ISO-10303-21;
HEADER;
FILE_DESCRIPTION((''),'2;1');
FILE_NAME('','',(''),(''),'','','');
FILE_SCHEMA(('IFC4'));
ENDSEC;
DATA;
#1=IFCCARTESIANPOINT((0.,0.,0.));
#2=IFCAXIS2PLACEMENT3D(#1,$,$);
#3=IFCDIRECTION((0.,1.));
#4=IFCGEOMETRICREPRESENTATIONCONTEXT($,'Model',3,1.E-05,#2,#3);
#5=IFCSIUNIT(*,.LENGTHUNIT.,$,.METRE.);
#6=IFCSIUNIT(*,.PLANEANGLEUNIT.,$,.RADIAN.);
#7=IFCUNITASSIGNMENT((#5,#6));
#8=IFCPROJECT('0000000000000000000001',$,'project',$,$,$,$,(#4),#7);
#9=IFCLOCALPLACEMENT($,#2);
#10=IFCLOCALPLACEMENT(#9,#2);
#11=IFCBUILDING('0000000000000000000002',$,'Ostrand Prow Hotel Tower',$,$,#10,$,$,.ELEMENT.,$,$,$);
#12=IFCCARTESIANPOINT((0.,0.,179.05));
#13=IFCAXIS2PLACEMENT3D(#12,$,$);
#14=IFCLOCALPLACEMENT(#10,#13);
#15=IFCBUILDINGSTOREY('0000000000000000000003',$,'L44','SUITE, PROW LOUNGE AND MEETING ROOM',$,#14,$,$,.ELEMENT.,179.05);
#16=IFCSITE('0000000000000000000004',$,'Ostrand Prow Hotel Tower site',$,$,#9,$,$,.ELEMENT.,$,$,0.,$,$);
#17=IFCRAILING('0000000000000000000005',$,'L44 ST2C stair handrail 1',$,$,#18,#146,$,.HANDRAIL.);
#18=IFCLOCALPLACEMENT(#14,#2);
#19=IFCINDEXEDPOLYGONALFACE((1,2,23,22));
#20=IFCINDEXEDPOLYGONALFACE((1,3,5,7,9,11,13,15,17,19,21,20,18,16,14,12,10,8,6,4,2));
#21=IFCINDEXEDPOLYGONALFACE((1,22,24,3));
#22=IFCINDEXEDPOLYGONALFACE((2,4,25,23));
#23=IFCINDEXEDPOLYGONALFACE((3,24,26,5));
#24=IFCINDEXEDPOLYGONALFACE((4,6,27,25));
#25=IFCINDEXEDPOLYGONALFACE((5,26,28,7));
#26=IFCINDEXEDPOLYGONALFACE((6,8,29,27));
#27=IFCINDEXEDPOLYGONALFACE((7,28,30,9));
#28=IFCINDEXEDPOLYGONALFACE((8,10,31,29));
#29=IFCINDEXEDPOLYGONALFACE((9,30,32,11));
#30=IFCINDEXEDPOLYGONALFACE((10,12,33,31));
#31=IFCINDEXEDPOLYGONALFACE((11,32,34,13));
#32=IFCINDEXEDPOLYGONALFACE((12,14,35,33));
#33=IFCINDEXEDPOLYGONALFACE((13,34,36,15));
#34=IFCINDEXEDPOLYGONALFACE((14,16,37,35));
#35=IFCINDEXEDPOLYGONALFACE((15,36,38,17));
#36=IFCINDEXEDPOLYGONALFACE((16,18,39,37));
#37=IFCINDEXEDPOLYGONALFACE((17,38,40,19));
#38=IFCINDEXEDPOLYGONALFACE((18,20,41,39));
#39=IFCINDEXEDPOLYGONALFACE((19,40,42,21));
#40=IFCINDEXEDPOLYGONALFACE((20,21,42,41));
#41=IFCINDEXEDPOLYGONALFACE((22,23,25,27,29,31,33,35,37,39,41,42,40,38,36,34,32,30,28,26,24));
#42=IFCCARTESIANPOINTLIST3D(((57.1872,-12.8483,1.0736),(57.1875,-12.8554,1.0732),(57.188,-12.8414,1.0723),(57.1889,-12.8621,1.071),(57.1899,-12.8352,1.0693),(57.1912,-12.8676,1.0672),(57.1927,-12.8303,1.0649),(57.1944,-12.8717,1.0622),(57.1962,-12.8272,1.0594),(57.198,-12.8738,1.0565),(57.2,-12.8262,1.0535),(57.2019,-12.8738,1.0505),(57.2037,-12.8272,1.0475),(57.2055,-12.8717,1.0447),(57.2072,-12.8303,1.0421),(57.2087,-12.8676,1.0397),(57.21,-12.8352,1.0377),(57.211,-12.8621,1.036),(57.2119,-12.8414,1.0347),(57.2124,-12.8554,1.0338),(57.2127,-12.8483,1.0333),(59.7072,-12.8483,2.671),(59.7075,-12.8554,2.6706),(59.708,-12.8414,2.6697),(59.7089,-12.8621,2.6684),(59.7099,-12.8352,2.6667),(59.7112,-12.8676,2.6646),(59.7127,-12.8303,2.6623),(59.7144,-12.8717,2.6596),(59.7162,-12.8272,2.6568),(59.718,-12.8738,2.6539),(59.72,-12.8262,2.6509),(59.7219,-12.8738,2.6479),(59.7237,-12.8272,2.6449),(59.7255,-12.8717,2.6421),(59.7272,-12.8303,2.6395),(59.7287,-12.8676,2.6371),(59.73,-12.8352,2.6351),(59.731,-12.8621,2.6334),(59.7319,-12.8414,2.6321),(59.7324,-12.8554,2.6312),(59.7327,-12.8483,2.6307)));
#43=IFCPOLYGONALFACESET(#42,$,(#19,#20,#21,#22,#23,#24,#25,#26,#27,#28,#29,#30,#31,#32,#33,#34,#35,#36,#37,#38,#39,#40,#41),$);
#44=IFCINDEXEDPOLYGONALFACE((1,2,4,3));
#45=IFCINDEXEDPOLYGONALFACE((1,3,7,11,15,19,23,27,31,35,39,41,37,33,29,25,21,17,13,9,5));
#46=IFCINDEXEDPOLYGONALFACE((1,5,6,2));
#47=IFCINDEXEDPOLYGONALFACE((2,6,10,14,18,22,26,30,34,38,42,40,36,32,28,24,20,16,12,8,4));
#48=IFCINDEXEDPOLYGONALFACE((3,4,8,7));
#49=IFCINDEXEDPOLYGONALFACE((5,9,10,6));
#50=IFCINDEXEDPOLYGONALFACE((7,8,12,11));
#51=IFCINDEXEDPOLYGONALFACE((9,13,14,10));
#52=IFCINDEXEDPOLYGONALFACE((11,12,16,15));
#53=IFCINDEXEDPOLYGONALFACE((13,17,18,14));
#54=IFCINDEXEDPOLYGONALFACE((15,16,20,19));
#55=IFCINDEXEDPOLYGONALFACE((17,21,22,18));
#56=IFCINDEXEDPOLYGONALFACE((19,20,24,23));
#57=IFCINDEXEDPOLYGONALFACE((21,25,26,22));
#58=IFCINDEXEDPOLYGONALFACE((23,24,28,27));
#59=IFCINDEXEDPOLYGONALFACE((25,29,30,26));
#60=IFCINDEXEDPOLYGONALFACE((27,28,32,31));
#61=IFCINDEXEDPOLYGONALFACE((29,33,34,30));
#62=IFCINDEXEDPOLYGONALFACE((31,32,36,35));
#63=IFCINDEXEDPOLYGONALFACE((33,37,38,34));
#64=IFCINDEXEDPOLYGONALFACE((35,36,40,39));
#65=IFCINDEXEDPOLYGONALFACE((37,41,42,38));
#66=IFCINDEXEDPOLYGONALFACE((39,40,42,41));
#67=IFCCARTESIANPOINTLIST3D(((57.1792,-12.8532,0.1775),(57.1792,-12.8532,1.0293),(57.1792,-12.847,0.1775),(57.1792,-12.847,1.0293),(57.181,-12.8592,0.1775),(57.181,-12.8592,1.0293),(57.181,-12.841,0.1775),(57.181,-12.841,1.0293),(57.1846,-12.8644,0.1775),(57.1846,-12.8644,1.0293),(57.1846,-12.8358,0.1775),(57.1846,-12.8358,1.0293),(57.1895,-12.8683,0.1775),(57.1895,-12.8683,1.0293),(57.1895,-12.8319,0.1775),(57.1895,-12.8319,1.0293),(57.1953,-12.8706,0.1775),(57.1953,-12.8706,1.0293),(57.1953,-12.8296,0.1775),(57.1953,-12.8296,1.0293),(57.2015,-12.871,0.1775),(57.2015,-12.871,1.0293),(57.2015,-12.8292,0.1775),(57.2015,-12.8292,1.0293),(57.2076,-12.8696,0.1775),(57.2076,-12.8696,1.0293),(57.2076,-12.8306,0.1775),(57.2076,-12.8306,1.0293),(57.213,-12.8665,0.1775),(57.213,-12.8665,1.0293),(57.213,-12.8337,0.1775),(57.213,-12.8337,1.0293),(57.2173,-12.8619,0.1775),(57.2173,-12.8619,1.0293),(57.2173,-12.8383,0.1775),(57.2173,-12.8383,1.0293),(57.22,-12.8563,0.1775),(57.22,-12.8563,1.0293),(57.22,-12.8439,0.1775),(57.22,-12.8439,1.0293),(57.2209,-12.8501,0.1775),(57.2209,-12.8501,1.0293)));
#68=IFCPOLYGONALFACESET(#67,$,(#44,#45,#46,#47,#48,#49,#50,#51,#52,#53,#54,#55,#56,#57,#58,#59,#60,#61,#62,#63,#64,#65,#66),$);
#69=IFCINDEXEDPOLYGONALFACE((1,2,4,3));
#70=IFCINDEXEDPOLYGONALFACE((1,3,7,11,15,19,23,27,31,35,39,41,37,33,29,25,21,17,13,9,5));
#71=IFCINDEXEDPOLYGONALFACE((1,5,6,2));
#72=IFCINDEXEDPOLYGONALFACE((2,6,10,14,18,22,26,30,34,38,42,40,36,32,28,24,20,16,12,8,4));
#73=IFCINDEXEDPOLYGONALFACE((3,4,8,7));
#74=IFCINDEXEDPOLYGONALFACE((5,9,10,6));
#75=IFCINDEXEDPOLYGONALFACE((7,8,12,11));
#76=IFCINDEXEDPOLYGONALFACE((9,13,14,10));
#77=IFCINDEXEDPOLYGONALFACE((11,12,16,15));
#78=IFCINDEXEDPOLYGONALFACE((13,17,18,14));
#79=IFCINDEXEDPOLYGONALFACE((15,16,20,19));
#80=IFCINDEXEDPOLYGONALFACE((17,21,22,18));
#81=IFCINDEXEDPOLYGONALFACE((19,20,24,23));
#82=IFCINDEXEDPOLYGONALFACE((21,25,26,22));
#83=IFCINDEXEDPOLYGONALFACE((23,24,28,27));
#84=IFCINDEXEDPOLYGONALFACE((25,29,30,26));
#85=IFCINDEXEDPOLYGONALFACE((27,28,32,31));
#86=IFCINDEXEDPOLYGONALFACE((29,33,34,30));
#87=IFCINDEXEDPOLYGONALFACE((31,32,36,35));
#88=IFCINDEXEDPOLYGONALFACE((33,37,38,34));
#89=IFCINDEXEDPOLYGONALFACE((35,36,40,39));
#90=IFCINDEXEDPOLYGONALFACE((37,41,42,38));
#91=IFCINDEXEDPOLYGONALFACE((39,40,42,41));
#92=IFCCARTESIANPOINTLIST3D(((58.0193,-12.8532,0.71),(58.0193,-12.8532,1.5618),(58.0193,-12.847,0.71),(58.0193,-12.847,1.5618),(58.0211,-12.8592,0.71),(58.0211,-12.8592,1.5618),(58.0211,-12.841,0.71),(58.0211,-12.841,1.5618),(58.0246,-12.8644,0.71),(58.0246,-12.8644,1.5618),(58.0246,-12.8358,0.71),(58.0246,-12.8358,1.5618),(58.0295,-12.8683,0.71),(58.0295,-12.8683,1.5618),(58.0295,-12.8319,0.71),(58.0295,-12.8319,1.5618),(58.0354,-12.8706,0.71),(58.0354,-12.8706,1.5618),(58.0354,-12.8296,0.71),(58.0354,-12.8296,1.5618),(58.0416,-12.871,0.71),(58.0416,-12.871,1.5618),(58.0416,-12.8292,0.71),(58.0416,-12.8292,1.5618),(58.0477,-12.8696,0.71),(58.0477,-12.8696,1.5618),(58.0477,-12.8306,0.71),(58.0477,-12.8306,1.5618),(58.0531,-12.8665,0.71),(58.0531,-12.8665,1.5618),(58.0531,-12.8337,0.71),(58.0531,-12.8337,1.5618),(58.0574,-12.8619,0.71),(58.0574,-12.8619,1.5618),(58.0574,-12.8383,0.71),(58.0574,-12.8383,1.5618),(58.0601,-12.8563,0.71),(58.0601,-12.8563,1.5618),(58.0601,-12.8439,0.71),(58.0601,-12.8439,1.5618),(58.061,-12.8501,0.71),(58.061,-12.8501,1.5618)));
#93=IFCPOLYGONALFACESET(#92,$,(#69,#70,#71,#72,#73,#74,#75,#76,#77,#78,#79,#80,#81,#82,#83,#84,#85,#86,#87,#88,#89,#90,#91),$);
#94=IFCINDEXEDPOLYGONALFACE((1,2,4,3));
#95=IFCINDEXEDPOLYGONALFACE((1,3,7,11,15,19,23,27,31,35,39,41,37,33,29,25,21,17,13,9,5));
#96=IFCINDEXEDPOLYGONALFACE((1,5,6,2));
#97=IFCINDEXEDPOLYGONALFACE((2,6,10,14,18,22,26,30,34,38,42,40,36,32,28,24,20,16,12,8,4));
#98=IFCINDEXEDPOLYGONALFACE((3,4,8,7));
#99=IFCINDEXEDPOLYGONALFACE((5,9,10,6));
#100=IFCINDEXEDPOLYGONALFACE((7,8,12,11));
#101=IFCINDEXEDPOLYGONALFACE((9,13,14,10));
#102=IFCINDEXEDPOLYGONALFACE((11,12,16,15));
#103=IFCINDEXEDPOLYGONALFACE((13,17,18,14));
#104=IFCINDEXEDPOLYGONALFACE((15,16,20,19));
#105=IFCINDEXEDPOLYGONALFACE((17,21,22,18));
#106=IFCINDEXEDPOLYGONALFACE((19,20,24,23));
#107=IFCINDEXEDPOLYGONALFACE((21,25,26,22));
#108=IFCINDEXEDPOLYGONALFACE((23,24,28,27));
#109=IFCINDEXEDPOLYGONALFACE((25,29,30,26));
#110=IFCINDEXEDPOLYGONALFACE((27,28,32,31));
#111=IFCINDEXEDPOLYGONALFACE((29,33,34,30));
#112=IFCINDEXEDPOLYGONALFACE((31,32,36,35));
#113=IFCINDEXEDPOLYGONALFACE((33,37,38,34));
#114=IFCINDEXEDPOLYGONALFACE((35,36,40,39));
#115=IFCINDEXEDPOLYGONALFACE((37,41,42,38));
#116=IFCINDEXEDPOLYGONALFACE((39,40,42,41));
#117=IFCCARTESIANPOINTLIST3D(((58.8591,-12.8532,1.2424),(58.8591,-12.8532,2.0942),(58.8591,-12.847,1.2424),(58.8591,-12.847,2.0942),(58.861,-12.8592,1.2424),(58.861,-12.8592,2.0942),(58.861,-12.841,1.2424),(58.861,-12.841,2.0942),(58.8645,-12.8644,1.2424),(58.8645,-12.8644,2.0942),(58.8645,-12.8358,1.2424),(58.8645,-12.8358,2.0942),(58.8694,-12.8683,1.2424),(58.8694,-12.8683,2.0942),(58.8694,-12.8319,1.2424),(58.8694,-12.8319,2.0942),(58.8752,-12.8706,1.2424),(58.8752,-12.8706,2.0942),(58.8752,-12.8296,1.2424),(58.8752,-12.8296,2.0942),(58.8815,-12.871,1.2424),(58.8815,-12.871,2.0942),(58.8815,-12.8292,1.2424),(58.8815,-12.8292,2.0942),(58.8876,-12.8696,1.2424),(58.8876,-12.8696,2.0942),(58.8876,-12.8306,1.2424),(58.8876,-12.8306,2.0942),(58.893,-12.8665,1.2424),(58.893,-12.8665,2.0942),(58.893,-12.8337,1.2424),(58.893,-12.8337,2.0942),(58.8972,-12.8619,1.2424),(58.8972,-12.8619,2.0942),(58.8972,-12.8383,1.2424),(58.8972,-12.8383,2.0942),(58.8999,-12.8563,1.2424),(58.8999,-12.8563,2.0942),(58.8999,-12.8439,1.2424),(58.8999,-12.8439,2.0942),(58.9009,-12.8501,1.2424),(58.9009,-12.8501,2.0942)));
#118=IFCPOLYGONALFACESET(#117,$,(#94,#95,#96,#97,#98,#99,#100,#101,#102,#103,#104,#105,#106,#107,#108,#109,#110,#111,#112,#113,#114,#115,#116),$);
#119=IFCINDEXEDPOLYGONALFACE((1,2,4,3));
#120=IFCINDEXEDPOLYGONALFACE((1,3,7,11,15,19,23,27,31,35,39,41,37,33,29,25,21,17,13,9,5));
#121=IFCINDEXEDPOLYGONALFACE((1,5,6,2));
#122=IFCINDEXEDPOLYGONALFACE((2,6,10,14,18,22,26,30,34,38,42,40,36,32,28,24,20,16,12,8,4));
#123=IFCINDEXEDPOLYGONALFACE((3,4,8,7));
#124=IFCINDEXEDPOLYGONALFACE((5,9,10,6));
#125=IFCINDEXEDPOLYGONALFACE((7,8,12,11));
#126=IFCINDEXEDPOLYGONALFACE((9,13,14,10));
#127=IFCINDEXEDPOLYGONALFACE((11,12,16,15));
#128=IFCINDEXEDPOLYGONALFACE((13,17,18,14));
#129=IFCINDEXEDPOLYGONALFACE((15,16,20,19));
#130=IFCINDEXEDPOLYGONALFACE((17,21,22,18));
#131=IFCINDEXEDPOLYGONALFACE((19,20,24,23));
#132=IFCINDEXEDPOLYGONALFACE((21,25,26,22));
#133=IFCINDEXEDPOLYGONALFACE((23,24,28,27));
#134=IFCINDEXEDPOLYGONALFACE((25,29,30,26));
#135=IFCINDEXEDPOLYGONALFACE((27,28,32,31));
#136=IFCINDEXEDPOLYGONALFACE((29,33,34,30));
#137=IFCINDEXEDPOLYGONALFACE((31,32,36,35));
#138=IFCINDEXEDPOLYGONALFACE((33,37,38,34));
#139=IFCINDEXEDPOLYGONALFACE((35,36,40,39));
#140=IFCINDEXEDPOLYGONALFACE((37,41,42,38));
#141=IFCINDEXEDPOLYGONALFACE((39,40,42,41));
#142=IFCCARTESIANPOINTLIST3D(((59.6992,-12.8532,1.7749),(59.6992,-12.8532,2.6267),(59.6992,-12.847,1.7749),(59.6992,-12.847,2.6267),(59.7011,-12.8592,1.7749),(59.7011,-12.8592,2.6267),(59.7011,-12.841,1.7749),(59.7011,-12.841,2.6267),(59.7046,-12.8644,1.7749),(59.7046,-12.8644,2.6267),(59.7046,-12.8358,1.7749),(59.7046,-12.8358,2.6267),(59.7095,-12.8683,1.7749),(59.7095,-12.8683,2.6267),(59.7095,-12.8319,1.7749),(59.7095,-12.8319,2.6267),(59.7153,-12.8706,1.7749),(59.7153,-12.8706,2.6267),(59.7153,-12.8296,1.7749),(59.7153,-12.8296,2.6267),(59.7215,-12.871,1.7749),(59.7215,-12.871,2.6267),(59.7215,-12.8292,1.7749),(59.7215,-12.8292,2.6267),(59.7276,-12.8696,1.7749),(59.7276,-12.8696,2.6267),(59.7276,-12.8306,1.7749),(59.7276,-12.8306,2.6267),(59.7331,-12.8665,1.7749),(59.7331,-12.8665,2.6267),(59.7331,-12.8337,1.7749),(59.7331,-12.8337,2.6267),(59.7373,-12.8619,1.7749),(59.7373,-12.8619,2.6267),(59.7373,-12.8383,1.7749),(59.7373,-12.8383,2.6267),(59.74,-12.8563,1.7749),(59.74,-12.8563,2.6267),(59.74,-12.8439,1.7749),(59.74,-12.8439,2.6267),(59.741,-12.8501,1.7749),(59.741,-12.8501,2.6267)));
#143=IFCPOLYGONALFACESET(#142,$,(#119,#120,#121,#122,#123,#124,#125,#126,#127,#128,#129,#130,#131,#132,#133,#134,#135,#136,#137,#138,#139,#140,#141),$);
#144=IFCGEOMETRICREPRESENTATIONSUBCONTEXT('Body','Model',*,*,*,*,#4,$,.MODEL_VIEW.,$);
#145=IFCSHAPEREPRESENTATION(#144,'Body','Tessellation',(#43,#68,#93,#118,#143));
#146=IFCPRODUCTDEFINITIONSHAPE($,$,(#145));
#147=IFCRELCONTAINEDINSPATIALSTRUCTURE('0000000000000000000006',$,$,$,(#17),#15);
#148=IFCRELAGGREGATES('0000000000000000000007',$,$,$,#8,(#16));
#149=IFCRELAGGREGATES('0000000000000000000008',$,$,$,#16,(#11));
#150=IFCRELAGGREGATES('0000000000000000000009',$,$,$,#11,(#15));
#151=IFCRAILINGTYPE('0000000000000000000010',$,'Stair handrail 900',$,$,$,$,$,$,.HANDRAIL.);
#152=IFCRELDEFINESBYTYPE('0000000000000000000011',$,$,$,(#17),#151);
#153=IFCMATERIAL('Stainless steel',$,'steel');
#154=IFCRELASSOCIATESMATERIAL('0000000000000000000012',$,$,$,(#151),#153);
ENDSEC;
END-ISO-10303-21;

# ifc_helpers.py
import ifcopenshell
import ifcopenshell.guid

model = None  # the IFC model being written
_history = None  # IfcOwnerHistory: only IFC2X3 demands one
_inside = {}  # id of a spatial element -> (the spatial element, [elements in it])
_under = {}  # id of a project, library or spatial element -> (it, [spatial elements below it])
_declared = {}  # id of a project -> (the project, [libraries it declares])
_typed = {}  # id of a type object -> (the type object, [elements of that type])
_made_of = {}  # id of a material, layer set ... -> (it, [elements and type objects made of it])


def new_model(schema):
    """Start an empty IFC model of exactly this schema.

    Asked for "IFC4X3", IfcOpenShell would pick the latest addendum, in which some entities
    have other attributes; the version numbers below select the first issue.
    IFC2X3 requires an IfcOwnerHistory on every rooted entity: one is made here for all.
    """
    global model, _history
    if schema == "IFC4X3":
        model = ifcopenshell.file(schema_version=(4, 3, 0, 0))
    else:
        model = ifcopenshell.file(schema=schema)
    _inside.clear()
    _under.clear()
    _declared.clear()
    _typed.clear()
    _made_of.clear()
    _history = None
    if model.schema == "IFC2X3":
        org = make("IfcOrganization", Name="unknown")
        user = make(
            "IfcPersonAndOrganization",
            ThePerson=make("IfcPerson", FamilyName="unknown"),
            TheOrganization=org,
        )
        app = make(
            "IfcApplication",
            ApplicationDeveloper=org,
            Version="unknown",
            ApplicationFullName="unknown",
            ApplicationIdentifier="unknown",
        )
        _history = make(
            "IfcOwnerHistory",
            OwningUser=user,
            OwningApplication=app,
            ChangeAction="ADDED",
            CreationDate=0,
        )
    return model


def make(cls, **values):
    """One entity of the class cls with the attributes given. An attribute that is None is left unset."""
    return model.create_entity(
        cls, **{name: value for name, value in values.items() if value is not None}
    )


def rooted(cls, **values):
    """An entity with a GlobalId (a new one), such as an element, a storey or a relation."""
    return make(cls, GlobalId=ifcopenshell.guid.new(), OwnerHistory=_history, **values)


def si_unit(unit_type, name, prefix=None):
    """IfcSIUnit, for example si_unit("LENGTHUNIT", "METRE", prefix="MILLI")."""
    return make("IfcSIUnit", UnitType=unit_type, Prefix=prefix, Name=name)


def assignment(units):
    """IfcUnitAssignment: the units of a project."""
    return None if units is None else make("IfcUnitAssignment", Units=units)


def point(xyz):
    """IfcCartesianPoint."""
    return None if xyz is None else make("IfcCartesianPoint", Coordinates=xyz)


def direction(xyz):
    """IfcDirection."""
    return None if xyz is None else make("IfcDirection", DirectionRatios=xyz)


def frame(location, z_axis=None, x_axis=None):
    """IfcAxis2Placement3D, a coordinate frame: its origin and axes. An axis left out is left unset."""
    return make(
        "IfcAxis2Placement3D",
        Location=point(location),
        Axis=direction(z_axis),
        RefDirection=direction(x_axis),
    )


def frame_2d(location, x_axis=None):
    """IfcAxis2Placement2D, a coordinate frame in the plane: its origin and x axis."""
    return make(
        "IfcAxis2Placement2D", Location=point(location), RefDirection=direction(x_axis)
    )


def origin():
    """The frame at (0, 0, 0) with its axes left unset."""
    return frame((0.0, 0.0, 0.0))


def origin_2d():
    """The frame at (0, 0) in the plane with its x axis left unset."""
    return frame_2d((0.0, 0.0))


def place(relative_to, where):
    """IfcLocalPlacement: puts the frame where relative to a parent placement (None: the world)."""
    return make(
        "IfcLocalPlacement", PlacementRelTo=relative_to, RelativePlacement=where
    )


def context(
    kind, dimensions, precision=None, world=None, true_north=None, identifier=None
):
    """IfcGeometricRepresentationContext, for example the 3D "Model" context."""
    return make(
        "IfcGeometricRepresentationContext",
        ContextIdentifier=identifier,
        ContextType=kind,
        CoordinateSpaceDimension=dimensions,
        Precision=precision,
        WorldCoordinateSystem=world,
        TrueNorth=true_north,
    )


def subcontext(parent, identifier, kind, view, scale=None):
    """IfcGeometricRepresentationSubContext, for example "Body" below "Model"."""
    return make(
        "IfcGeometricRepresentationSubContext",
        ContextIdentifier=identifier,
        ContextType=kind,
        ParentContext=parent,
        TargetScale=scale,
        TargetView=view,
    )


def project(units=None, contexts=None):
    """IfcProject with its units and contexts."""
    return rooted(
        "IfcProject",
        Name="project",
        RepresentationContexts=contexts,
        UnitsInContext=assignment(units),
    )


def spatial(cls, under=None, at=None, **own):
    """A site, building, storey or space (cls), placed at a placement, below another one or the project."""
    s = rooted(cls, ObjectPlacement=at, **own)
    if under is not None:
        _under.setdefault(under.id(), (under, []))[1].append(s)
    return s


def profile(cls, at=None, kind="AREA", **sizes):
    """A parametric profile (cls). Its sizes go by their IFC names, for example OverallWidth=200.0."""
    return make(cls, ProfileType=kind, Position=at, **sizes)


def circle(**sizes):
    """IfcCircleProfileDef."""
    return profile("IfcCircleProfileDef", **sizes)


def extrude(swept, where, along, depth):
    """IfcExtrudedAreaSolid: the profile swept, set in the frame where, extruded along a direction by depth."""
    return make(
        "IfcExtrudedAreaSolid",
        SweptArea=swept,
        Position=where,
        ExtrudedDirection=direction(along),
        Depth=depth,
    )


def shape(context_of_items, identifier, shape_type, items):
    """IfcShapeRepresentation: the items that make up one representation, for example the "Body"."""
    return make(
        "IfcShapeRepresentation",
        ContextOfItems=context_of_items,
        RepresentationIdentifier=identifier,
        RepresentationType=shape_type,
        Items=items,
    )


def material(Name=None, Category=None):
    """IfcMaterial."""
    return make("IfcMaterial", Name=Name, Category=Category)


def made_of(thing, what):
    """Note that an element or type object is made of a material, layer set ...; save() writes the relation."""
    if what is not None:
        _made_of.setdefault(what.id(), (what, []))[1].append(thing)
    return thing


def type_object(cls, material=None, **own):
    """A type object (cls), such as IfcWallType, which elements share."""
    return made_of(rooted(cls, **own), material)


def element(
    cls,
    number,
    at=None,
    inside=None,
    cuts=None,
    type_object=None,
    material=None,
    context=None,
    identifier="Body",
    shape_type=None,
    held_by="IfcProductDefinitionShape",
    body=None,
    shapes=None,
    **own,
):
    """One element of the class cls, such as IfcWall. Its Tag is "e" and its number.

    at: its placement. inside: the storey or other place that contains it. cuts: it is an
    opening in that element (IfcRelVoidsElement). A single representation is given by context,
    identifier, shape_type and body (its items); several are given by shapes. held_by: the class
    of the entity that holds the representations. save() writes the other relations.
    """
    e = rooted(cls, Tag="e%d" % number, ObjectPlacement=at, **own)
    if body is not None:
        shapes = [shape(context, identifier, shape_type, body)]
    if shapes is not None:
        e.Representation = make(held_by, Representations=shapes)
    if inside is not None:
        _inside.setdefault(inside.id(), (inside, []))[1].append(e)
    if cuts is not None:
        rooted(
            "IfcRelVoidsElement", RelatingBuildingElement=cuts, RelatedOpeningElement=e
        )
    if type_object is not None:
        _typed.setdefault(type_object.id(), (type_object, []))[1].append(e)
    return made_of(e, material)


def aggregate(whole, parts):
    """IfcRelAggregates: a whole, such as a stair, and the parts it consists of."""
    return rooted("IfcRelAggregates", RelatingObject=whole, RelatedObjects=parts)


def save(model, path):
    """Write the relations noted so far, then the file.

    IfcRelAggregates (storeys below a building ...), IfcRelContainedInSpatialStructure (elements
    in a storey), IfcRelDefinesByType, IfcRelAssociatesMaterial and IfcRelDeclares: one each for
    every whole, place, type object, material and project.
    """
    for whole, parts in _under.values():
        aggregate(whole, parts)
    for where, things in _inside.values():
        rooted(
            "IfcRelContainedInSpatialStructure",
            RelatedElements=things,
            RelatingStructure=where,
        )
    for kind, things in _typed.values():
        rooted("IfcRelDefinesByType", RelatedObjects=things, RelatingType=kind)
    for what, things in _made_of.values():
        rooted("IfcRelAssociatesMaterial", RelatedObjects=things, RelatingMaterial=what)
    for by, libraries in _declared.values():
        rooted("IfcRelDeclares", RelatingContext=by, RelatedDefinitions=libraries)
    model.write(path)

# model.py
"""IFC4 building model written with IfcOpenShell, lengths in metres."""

from ifc_helpers import new_model, si_unit, direction, frame, origin, origin_2d, place, context, subcontext, project, spatial, circle, extrude, material, type_object, element, save


model = new_model("IFC4")

# Units and contexts
model_context = context("Model", 3, precision=1e-05, world=origin(), true_north=direction((0.0, 1.0)))
body_context = subcontext(model_context, "Body", "Model", "MODEL_VIEW")
ifc_project = project(units=[si_unit("LENGTHUNIT", "METRE"), si_unit("PLANEANGLEUNIT", "RADIAN")], contexts=[model_context])

# Site, building, storey
site_placement = place(None, origin())
site = spatial("IfcSite", under=ifc_project, at=site_placement, Name="Ostrand Prow Hotel Tower site", CompositionType="ELEMENT", RefElevation=0.0)
building_placement = place(site_placement, origin())
building = spatial("IfcBuilding", under=site, at=building_placement, Name="Ostrand Prow Hotel Tower", CompositionType="ELEMENT")
storey_placement = place(building_placement, frame((0.0, 0.0, 179.05)))
storey = spatial("IfcBuildingStorey", under=building, at=storey_placement, Name="L44", Description="SUITE, PROW LOUNGE AND MEETING ROOM", CompositionType="ELEMENT", Elevation=179.05)

# Railing
ifc_material_1 = material(Name="Stainless steel", Category="steel")
railing_type_1 = type_object("IfcRailingType", Name="Stair handrail 900", PredefinedType="HANDRAIL", material=ifc_material_1)
railing_1_placement = place(storey_placement, frame((57.2, -12.8501, 0.1775)))
element("IfcRailing", 1, at=railing_1_placement, inside=storey, type_object=railing_type_1, Name="L44 ST2C stair handrail 1", PredefinedType="HANDRAIL", context=body_context, shape_type="SweptSolid", body=[
    extrude(circle(Radius=0.0239, at=origin_2d()), frame((0.0, 0.0, 0.876), z_axis=(0.844607, 0.0, 0.535387), x_axis=(0.0, 1.0, 0.0)), (0.0, 0.0, 1.0), 2.9836),
    extrude(circle(Radius=0.021, at=origin_2d()), origin(), (0.0, 0.0, 1.0), 0.8518),
    extrude(circle(Radius=0.021, at=origin_2d()), frame((0.8401, 0.0, 0.5325)), (0.0, 0.0, 1.0), 0.8518),
    extrude(circle(Radius=0.021, at=origin_2d()), frame((1.6799, 0.0, 1.0649)), (0.0, 0.0, 1.0), 0.8518),
    extrude(circle(Radius=0.021, at=origin_2d()), frame((2.52, 0.0, 1.5974)), (0.0, 0.0, 1.0), 0.8518),
])

save(model, "model.ifc")
